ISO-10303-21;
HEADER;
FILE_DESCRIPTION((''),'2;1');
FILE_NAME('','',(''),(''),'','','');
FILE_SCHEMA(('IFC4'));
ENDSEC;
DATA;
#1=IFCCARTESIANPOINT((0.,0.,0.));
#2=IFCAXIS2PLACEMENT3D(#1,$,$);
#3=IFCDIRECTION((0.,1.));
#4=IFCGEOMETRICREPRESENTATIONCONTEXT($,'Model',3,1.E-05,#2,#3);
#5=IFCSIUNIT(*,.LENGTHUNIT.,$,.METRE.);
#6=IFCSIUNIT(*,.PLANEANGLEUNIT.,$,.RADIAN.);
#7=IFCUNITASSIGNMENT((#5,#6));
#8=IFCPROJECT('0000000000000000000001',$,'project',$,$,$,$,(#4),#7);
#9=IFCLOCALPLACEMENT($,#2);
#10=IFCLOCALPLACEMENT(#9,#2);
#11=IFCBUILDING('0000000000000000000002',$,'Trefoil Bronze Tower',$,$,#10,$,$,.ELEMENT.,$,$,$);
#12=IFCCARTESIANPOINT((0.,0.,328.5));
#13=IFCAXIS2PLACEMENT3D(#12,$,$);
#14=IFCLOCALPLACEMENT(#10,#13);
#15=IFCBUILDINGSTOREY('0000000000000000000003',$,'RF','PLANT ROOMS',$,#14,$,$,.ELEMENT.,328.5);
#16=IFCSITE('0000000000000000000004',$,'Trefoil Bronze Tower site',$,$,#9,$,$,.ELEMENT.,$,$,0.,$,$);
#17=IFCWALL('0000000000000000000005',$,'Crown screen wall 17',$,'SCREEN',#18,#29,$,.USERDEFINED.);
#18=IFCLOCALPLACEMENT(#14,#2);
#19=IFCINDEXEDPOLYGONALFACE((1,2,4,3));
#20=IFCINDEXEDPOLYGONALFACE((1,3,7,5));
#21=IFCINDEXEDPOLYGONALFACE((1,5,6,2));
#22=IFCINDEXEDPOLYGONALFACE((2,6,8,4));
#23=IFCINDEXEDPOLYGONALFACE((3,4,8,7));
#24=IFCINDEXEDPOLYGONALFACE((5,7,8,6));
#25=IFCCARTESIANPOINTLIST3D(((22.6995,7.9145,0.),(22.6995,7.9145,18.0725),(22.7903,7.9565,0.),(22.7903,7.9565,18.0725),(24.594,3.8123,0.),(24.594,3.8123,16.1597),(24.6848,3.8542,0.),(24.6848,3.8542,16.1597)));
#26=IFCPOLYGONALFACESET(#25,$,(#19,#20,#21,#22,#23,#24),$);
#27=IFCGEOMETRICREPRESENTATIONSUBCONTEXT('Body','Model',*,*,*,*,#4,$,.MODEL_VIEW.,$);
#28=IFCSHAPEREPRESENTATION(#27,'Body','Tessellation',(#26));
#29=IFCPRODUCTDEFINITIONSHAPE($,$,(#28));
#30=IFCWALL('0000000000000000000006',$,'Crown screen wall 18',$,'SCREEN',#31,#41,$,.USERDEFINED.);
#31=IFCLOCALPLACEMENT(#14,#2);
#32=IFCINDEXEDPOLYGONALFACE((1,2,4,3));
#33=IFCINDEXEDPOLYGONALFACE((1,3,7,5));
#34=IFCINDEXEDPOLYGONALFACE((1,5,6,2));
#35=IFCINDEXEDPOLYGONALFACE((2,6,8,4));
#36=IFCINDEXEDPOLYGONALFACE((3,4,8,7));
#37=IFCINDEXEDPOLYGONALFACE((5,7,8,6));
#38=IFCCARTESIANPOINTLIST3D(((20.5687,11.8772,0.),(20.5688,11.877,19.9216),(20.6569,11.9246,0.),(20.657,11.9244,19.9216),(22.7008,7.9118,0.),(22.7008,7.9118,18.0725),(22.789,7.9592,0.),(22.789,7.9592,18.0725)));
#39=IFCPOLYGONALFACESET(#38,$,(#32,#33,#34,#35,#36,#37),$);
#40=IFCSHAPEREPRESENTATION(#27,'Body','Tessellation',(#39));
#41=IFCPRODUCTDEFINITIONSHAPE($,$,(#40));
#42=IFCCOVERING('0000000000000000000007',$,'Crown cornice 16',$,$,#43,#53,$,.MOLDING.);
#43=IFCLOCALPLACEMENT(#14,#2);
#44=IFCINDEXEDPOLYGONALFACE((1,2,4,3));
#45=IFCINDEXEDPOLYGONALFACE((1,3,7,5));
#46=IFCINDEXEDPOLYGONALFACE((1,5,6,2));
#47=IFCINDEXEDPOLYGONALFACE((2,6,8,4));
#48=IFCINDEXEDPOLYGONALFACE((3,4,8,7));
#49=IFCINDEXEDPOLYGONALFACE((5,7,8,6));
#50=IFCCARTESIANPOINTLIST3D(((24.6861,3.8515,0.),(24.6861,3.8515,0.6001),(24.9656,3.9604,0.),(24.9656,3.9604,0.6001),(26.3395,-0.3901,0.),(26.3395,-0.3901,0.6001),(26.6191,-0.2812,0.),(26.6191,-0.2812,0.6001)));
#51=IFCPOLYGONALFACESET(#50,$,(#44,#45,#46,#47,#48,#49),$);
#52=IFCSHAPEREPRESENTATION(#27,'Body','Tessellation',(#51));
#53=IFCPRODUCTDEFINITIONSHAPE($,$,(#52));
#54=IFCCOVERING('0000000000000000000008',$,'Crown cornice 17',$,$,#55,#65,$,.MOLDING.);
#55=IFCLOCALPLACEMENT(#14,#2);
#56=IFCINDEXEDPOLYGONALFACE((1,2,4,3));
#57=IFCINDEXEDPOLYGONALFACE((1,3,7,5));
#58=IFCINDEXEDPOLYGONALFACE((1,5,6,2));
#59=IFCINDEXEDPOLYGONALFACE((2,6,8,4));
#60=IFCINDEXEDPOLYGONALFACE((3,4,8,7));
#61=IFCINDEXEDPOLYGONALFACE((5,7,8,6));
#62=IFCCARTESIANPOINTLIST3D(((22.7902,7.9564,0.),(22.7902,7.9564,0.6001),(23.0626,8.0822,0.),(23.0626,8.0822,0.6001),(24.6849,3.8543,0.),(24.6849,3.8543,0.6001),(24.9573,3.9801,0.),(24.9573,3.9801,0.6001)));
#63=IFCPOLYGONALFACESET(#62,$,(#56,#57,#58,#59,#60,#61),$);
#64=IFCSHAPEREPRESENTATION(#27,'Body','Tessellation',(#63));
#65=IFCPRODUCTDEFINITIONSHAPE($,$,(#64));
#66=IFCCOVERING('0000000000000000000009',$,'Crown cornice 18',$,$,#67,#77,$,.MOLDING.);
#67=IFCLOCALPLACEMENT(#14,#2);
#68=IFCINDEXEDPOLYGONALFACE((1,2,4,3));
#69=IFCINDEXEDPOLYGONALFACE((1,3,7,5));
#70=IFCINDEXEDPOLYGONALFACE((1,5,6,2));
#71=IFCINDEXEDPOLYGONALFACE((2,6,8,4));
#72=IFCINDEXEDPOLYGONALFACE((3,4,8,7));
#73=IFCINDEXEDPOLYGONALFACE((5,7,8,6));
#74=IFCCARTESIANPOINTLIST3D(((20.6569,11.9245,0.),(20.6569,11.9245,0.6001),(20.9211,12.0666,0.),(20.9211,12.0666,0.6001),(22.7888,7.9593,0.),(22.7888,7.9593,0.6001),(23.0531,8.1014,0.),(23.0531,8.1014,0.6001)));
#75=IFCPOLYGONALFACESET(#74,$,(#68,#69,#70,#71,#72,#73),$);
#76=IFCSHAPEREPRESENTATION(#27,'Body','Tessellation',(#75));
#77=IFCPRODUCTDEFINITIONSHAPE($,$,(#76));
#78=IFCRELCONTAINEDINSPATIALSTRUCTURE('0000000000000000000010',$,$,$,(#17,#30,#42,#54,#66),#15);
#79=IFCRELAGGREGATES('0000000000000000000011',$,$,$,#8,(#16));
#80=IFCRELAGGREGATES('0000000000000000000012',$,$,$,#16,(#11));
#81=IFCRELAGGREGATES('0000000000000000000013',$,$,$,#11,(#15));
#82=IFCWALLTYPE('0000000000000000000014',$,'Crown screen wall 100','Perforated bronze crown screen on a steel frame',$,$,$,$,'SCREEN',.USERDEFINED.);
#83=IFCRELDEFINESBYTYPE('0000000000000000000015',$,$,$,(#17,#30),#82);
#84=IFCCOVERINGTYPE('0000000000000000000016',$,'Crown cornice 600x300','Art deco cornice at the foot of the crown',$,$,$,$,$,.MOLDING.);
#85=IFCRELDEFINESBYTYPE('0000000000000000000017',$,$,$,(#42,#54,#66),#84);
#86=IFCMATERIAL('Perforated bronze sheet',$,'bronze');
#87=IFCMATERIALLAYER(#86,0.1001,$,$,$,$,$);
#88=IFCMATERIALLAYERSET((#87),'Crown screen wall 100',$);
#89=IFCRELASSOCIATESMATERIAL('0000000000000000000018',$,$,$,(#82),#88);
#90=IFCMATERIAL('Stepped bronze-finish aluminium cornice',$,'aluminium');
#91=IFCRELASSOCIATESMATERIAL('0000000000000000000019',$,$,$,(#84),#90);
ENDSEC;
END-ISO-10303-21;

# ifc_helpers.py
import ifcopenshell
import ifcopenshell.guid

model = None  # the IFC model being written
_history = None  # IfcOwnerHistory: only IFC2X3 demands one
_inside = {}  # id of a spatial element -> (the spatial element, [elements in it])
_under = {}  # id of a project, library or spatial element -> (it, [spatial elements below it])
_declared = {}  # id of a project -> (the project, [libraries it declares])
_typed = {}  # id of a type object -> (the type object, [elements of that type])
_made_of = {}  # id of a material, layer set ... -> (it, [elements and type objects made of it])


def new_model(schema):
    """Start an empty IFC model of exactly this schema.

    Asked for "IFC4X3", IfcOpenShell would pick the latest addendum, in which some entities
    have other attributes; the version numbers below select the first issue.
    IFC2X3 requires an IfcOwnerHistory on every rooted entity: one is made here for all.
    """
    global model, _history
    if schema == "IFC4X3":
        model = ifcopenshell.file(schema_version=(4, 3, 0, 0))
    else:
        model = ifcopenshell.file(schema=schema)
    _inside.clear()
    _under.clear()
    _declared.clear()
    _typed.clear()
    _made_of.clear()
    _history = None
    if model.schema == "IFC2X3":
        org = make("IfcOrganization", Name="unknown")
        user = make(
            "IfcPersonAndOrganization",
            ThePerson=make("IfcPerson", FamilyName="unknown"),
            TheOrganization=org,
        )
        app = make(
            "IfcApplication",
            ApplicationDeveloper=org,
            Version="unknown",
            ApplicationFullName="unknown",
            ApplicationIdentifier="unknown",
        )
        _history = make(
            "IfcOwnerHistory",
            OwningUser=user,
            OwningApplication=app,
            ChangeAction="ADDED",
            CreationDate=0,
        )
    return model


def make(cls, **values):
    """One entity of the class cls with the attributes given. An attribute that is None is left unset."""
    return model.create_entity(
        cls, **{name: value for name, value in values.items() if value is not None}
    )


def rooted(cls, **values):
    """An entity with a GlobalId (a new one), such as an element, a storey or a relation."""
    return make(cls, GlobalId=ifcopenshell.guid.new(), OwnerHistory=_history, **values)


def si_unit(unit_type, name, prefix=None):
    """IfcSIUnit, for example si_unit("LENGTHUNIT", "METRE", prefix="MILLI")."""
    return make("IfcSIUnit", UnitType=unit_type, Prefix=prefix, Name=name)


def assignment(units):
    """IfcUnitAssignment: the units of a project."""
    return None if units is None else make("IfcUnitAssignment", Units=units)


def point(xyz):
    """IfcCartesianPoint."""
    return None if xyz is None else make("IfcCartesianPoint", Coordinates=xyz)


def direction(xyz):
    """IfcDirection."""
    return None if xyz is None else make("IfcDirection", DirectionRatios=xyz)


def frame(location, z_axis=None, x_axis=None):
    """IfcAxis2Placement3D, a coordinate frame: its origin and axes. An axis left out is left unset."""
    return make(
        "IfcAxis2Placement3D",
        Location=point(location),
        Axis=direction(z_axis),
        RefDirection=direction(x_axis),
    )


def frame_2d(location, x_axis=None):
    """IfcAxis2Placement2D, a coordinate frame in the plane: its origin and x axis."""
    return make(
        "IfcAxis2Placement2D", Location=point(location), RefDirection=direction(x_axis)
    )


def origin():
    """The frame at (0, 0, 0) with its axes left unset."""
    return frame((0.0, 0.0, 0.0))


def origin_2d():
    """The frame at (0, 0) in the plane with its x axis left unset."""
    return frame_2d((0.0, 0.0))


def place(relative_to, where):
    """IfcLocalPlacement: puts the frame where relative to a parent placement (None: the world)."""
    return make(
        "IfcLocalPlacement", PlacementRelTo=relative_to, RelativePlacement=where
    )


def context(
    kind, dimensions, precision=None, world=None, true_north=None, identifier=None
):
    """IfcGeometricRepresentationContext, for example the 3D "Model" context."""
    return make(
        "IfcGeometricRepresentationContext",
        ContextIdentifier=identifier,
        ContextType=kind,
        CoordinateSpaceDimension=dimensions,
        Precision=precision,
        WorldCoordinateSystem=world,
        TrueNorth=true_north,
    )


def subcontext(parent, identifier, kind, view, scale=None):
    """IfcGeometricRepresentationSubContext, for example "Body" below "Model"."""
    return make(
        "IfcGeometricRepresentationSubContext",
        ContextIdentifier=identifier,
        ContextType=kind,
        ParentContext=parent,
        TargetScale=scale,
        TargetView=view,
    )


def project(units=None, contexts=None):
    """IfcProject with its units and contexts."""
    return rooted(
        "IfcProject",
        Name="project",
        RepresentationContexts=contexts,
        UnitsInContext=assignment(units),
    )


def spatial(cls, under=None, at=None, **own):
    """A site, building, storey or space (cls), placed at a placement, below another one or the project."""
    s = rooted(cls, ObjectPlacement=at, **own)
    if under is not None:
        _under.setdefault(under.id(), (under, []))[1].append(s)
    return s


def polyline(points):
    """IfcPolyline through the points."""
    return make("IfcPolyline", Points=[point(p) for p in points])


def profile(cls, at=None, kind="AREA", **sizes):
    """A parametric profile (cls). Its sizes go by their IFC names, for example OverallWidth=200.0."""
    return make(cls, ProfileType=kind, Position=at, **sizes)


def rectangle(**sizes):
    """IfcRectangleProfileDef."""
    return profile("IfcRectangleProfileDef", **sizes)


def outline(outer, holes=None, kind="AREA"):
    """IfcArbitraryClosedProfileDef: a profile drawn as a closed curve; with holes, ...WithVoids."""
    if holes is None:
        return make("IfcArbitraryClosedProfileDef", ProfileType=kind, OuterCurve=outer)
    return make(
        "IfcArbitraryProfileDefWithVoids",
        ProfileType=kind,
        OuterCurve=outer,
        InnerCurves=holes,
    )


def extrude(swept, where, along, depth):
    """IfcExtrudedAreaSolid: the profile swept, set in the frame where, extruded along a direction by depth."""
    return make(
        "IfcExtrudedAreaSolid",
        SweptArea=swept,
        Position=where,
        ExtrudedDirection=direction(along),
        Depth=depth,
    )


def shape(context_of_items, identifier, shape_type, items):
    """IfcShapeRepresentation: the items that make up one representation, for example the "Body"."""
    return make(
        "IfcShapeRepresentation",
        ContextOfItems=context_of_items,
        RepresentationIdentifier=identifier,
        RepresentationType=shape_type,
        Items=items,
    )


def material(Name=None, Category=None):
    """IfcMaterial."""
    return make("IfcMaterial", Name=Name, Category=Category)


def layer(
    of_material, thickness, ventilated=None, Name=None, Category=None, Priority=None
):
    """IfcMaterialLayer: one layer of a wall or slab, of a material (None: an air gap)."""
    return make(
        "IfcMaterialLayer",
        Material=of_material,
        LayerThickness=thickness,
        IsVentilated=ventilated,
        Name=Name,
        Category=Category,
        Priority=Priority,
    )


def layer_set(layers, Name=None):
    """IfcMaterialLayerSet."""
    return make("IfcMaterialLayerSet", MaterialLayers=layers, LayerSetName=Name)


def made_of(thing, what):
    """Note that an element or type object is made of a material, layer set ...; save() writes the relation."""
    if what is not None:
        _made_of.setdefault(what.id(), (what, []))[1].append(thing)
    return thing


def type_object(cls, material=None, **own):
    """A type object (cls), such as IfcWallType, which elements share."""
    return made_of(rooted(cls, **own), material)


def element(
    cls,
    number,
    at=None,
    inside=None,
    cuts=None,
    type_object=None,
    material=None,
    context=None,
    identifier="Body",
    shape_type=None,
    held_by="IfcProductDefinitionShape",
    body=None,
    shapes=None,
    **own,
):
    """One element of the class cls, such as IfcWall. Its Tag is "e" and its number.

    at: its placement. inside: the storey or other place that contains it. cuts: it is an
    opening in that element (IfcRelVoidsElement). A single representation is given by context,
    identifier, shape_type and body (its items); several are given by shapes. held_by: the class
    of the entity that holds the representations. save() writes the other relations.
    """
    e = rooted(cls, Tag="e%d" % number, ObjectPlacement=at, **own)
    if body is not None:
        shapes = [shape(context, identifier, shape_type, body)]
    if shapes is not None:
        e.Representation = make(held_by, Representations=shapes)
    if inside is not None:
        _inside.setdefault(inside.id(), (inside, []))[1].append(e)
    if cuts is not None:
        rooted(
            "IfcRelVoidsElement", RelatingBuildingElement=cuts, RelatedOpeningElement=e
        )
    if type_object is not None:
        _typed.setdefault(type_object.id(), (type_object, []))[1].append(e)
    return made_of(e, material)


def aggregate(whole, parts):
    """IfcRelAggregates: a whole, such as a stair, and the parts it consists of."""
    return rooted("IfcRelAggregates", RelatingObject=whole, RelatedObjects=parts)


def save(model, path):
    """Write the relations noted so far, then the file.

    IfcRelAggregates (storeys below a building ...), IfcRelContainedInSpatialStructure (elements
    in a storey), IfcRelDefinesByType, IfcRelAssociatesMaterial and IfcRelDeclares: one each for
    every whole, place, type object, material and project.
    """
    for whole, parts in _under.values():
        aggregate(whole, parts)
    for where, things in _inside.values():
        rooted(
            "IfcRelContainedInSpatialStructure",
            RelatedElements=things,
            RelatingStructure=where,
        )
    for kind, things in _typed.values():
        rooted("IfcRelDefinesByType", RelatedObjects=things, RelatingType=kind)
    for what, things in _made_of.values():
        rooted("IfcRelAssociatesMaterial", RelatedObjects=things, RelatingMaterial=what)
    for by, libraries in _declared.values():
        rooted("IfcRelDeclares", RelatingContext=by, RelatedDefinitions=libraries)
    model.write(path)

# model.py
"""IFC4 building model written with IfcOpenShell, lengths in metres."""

from ifc_helpers import new_model, si_unit, direction, frame, origin, origin_2d, place, context, subcontext, project, spatial, polyline, rectangle, outline, extrude, material, layer, layer_set, type_object, element, save


model = new_model("IFC4")

# Units and contexts
model_context = context("Model", 3, precision=1e-05, world=origin(), true_north=direction((0.0, 1.0)))
body_context = subcontext(model_context, "Body", "Model", "MODEL_VIEW")
ifc_project = project(units=[si_unit("LENGTHUNIT", "METRE"), si_unit("PLANEANGLEUNIT", "RADIAN")], contexts=[model_context])

# Site, building, storey
site_placement = place(None, origin())
site = spatial("IfcSite", under=ifc_project, at=site_placement, Name="Trefoil Bronze Tower site", CompositionType="ELEMENT", RefElevation=0.0)
building_placement = place(site_placement, origin())
building = spatial("IfcBuilding", under=site, at=building_placement, Name="Trefoil Bronze Tower", CompositionType="ELEMENT")
storey_placement = place(building_placement, frame((0.0, 0.0, 328.5)))
storey = spatial("IfcBuildingStorey", under=building, at=storey_placement, Name="RF", Description="PLANT ROOMS", CompositionType="ELEMENT", Elevation=328.5)

# Walls
ifc_material_1 = material(Name="Perforated bronze sheet", Category="bronze")
ifc_layer = layer(ifc_material_1, 0.1001)
ifc_layer_set = layer_set([ifc_layer], Name="Crown screen wall 100")
wall_type = type_object("IfcWallType", Name="Crown screen wall 100", Description="Perforated bronze crown screen on a steel frame", ElementType="SCREEN", PredefinedType="USERDEFINED", material=ifc_layer_set)
wall_1_placement = place(storey_placement, frame((24.6394, 3.8333, 0.0), z_axis=(0.0, 0.0, 1.0), x_axis=(-0.419271, 0.907861, 0.0)))
element("IfcWall", 1, at=wall_1_placement, inside=storey, type_object=wall_type, Name="Crown screen wall 17", ObjectType="SCREEN", PredefinedType="USERDEFINED", context=body_context, shape_type="SweptSolid", body=[
    extrude(outline(polyline([(0.0, 0.0), (4.5186, 0.0), (4.5186, 18.0725), (0.0, 16.1597), (0.0, 0.0)])), frame((0.0, 0.05, 0.0), z_axis=(0.0, -1.0, 0.0), x_axis=(1.0, 0.0, 0.0)), (0.0, 0.0, 1.0), 0.1001),
])
wall_2_placement = place(storey_placement, frame((22.7449, 7.9355, 0.0), z_axis=(0.0, 0.0, 1.0), x_axis=(-0.473566, 0.880758, 0.0)))
element("IfcWall", 2, at=wall_2_placement, inside=storey, type_object=wall_type, Name="Crown screen wall 18", ObjectType="SCREEN", PredefinedType="USERDEFINED", context=body_context, shape_type="SweptSolid", body=[
    extrude(outline(polyline([(0.0, 0.0), (4.5022, 0.0), (4.502, 19.9216), (0.0, 18.0725), (0.0, 0.0)])), frame((0.0, 0.05, 0.0), z_axis=(0.0, -1.0, 0.0), x_axis=(1.0, 0.0, 0.0)), (0.0, 0.0, 1.0), 0.1001),
])

# Coverings
ifc_material_2 = material(Name="Stepped bronze-finish aluminium cornice", Category="aluminium")
covering_type = type_object("IfcCoveringType", Name="Crown cornice 600x300", Description="Art deco cornice at the foot of the crown", PredefinedType="MOLDING", material=ifc_material_2)
covering_1_placement = place(storey_placement, frame((25.6526, 1.7852, 0.0), z_axis=(0.0, 0.0, 1.0), x_axis=(-0.363199, 0.931712, 0.0)))
element("IfcCovering", 3, at=covering_1_placement, inside=storey, type_object=covering_type, Name="Crown cornice 16", PredefinedType="MOLDING", context=body_context, shape_type="SweptSolid", body=[
    extrude(rectangle(XDim=4.5525, YDim=0.3, at=origin_2d()), origin(), (0.0, 0.0, 1.0), 0.6001),
])
covering_2_placement = place(storey_placement, frame((23.8738, 5.9683, 0.0), z_axis=(0.0, 0.0, 1.0), x_axis=(-0.419309, 0.907844, 0.0)))
element("IfcCovering", 4, at=covering_2_placement, inside=storey, type_object=covering_type, Name="Crown cornice 17", PredefinedType="MOLDING", context=body_context, shape_type="SweptSolid", body=[
    extrude(rectangle(XDim=4.5186, YDim=0.3, at=origin_2d()), origin(), (0.0, 0.0, 1.0), 0.6001),
])
covering_3_placement = place(storey_placement, frame((21.855, 10.0129, 0.0), z_axis=(0.0, 0.0, 1.0), x_axis=(-0.473562, 0.88076, 0.0)))
element("IfcCovering", 5, at=covering_3_placement, inside=storey, type_object=covering_type, Name="Crown cornice 18", PredefinedType="MOLDING", context=body_context, shape_type="SweptSolid", body=[
    extrude(rectangle(XDim=4.502, YDim=0.3, at=origin_2d()), origin(), (0.0, 0.0, 1.0), 0.6001),
])

save(model, "model.ifc")
